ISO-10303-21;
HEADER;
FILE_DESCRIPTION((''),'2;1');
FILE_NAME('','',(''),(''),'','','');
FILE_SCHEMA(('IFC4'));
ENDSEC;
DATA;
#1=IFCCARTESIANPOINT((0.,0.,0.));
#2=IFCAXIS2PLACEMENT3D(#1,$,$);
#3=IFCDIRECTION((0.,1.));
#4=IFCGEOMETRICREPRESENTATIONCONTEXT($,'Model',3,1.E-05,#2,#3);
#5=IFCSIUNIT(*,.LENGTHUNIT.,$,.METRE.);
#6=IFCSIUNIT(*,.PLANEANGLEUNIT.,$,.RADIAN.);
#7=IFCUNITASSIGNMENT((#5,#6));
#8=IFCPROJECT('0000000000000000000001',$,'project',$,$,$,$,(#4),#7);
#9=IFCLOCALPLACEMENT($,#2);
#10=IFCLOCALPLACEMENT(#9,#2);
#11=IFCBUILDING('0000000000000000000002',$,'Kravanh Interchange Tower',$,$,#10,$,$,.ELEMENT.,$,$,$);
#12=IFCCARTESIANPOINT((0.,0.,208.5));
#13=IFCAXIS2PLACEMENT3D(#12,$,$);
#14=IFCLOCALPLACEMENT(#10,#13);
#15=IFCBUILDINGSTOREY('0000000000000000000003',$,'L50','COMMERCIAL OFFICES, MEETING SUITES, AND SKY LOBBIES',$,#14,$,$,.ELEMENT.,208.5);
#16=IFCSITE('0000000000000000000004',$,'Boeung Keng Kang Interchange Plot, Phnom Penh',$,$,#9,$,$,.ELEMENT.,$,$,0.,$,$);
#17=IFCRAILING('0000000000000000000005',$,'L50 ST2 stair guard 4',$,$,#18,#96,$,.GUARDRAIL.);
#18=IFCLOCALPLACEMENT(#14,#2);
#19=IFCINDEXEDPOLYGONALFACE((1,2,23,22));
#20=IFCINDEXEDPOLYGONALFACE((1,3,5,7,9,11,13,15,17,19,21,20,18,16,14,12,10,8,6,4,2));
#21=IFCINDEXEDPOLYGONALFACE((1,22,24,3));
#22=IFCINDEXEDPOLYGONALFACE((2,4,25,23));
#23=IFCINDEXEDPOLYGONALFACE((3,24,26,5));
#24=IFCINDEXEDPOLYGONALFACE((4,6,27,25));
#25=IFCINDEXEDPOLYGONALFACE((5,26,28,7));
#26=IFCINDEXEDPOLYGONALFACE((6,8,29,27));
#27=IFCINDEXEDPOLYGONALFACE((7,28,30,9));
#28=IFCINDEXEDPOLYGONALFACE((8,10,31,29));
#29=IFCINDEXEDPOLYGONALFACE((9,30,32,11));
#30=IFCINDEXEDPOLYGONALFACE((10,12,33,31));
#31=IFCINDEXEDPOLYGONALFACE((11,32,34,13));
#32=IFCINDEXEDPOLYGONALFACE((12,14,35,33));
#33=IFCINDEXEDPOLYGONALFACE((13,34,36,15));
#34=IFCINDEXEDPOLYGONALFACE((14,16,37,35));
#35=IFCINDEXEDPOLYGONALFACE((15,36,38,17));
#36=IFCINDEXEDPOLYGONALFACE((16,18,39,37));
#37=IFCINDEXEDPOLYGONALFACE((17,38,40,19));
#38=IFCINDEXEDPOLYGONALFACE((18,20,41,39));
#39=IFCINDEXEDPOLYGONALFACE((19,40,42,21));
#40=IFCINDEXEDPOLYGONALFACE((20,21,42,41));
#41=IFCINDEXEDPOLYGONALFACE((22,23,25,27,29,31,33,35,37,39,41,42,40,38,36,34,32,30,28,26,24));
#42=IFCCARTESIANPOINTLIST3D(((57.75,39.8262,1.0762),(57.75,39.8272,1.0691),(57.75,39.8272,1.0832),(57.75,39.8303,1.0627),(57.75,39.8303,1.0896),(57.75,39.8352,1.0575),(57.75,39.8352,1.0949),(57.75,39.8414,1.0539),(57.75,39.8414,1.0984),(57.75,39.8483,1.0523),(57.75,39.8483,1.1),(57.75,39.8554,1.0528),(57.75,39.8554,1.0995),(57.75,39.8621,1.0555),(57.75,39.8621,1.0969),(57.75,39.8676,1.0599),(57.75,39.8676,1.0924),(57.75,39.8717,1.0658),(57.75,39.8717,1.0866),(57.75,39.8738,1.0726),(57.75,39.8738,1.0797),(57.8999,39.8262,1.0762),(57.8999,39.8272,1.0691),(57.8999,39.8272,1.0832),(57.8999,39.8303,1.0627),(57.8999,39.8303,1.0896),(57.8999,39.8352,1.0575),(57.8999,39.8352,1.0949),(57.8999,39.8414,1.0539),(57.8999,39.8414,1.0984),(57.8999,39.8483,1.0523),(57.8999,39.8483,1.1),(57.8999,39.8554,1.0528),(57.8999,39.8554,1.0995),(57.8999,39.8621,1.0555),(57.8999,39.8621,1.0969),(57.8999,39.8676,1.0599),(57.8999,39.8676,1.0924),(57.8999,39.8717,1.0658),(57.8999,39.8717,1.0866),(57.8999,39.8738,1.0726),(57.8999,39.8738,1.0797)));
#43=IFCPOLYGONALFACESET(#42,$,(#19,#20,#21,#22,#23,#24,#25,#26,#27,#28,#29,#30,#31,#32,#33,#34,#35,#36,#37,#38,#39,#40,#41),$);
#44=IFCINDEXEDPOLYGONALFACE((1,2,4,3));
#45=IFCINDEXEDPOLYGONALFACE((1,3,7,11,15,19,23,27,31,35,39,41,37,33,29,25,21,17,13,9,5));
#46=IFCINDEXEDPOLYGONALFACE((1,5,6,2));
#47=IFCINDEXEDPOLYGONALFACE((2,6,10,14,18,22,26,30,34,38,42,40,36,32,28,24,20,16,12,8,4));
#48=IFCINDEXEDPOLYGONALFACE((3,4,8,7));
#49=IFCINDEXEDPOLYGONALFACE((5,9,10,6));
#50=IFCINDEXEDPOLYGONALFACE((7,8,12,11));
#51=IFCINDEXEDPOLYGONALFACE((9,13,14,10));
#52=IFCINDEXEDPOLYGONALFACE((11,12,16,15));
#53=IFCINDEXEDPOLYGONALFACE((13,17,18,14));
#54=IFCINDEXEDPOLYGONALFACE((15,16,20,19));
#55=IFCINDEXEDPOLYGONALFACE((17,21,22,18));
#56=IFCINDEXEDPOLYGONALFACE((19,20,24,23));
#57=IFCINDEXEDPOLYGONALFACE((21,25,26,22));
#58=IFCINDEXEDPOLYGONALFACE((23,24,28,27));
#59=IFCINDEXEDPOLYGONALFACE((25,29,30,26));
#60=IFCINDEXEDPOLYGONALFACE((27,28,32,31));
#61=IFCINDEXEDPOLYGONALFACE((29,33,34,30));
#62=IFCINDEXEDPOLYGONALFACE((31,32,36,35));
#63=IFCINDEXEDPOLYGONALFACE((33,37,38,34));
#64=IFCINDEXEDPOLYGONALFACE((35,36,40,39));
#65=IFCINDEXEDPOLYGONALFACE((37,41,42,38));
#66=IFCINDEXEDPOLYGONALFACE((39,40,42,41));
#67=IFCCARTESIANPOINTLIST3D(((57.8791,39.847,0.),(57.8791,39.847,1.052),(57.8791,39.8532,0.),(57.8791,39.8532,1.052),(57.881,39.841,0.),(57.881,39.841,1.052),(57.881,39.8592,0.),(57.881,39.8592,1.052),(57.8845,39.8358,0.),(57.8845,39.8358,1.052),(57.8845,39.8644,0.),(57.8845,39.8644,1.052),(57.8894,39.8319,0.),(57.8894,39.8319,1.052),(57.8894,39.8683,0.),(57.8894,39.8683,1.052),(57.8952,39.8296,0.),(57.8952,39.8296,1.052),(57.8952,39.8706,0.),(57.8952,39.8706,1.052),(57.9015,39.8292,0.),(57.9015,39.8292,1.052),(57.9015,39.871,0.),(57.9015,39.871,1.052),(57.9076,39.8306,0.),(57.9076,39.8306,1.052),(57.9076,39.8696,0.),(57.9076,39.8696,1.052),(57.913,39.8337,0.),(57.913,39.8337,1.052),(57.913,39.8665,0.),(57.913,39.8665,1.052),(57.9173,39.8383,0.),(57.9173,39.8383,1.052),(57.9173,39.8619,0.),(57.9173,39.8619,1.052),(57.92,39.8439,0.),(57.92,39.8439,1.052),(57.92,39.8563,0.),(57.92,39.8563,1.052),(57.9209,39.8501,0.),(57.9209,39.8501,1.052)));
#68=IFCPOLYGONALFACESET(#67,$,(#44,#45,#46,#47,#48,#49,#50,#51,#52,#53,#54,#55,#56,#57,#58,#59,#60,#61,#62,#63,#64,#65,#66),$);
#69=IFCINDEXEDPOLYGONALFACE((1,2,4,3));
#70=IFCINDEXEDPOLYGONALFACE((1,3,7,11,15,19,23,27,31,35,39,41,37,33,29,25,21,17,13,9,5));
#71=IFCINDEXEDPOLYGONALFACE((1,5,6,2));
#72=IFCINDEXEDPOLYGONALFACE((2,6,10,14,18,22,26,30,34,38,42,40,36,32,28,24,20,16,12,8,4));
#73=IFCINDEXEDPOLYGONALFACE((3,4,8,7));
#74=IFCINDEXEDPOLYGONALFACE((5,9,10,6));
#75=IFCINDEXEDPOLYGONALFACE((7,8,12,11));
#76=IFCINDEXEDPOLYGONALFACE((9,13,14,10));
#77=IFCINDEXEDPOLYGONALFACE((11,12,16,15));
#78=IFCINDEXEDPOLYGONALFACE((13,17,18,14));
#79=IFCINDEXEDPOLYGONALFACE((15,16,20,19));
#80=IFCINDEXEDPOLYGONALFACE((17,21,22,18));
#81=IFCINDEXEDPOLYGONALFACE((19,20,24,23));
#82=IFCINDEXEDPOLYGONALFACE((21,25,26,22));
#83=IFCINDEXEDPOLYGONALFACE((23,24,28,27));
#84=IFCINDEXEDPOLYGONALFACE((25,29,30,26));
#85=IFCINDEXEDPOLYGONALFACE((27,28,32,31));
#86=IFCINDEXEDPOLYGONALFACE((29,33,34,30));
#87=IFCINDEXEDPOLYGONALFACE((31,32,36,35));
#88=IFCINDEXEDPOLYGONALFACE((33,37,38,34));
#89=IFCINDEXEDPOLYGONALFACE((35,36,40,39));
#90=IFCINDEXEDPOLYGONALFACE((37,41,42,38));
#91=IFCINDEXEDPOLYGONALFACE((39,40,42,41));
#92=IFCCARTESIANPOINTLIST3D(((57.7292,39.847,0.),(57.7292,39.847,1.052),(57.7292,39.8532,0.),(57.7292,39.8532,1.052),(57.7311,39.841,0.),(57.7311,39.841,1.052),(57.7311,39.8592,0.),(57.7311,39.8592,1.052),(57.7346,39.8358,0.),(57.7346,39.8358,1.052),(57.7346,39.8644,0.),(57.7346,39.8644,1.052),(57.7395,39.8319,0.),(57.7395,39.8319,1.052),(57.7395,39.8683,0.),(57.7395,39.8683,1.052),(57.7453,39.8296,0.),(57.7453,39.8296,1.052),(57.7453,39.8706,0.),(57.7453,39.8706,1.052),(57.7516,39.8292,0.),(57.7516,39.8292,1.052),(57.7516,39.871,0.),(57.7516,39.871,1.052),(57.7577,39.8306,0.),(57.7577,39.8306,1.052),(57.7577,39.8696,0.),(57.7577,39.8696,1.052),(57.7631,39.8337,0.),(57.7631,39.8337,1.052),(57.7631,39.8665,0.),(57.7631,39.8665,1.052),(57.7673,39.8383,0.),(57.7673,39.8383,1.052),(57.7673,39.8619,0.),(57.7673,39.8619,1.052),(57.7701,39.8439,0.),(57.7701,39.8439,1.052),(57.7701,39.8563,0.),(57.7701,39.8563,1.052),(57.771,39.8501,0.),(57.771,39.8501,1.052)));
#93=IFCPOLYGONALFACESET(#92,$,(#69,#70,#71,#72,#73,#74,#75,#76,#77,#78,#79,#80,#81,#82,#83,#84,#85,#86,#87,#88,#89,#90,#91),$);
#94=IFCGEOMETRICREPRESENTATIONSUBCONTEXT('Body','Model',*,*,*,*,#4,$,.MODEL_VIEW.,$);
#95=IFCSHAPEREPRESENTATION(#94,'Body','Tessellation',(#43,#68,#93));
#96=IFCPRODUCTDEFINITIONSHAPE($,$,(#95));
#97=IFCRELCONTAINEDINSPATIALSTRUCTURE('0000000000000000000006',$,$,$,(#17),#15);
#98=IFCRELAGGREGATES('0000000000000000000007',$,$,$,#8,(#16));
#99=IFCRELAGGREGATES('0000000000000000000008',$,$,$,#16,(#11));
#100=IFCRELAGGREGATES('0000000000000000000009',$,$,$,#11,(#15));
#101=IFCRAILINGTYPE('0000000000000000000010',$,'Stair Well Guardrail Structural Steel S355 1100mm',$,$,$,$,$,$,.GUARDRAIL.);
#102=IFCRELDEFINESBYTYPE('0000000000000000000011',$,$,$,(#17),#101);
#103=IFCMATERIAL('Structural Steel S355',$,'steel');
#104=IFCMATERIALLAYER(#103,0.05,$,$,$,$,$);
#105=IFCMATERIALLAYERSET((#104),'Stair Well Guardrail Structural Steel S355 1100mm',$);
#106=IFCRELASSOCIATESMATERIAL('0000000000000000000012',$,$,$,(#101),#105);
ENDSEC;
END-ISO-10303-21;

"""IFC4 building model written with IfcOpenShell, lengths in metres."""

from ifc_helpers import new_model, si_unit, direction, frame, origin, origin_2d, place, context, subcontext, project, spatial, circle, extrude, material, layer, layer_set, type_object, element, save


model = new_model("IFC4")

# Units and contexts
model_context = context("Model", 3, precision=1e-05, world=origin(), true_north=direction((0.0, 1.0)))
body_context = subcontext(model_context, "Body", "Model", "MODEL_VIEW")
ifc_project = project(units=[si_unit("LENGTHUNIT", "METRE"), si_unit("PLANEANGLEUNIT", "RADIAN")], contexts=[model_context])

# Site, building, storey
site_placement = place(None, origin())
site = spatial("IfcSite", under=ifc_project, at=site_placement, Name="Boeung Keng Kang Interchange Plot, Phnom Penh", CompositionType="ELEMENT", RefElevation=0.0)
building_placement = place(site_placement, origin())
building = spatial("IfcBuilding", under=site, at=building_placement, Name="Kravanh Interchange Tower", CompositionType="ELEMENT")
storey_placement = place(building_placement, frame((0.0, 0.0, 208.5)))
storey = spatial("IfcBuildingStorey", under=building, at=storey_placement, Name="L50", Description="COMMERCIAL OFFICES, MEETING SUITES, AND SKY LOBBIES", CompositionType="ELEMENT", Elevation=208.5)

# Railing
ifc_material_1 = material(Name="Structural Steel S355", Category="steel")
ifc_layer_1 = layer(ifc_material_1, 0.05)
ifc_layer_set_1 = layer_set([ifc_layer_1], Name="Stair Well Guardrail Structural Steel S355 1100mm")
railing_type_1 = type_object("IfcRailingType", Name="Stair Well Guardrail Structural Steel S355 1100mm", PredefinedType="GUARDRAIL", material=ifc_layer_set_1)
railing_1_placement = place(storey_placement, frame((57.8999, 39.8501, 0.0)))
element("IfcRailing", 1, at=railing_1_placement, inside=storey, type_object=railing_type_1, Name="L50 ST2 stair guard 4", PredefinedType="GUARDRAIL", context=body_context, shape_type="SweptSolid", body=[
    extrude(circle(Radius=0.0239, at=origin_2d()), frame((0.0, 0.0, 1.0762), z_axis=(-1.0, 0.0, 0.0), x_axis=(0.0, -1.0, 0.0)), (0.0, 0.0, 1.0), 0.1499),
    extrude(circle(Radius=0.021, at=origin_2d()), origin(), (0.0, 0.0, 1.0), 1.052),
    extrude(circle(Radius=0.021, at=origin_2d()), frame((-0.1499, 0.0, 0.0)), (0.0, 0.0, 1.0), 1.052),
])

save(model, "model.ifc")
